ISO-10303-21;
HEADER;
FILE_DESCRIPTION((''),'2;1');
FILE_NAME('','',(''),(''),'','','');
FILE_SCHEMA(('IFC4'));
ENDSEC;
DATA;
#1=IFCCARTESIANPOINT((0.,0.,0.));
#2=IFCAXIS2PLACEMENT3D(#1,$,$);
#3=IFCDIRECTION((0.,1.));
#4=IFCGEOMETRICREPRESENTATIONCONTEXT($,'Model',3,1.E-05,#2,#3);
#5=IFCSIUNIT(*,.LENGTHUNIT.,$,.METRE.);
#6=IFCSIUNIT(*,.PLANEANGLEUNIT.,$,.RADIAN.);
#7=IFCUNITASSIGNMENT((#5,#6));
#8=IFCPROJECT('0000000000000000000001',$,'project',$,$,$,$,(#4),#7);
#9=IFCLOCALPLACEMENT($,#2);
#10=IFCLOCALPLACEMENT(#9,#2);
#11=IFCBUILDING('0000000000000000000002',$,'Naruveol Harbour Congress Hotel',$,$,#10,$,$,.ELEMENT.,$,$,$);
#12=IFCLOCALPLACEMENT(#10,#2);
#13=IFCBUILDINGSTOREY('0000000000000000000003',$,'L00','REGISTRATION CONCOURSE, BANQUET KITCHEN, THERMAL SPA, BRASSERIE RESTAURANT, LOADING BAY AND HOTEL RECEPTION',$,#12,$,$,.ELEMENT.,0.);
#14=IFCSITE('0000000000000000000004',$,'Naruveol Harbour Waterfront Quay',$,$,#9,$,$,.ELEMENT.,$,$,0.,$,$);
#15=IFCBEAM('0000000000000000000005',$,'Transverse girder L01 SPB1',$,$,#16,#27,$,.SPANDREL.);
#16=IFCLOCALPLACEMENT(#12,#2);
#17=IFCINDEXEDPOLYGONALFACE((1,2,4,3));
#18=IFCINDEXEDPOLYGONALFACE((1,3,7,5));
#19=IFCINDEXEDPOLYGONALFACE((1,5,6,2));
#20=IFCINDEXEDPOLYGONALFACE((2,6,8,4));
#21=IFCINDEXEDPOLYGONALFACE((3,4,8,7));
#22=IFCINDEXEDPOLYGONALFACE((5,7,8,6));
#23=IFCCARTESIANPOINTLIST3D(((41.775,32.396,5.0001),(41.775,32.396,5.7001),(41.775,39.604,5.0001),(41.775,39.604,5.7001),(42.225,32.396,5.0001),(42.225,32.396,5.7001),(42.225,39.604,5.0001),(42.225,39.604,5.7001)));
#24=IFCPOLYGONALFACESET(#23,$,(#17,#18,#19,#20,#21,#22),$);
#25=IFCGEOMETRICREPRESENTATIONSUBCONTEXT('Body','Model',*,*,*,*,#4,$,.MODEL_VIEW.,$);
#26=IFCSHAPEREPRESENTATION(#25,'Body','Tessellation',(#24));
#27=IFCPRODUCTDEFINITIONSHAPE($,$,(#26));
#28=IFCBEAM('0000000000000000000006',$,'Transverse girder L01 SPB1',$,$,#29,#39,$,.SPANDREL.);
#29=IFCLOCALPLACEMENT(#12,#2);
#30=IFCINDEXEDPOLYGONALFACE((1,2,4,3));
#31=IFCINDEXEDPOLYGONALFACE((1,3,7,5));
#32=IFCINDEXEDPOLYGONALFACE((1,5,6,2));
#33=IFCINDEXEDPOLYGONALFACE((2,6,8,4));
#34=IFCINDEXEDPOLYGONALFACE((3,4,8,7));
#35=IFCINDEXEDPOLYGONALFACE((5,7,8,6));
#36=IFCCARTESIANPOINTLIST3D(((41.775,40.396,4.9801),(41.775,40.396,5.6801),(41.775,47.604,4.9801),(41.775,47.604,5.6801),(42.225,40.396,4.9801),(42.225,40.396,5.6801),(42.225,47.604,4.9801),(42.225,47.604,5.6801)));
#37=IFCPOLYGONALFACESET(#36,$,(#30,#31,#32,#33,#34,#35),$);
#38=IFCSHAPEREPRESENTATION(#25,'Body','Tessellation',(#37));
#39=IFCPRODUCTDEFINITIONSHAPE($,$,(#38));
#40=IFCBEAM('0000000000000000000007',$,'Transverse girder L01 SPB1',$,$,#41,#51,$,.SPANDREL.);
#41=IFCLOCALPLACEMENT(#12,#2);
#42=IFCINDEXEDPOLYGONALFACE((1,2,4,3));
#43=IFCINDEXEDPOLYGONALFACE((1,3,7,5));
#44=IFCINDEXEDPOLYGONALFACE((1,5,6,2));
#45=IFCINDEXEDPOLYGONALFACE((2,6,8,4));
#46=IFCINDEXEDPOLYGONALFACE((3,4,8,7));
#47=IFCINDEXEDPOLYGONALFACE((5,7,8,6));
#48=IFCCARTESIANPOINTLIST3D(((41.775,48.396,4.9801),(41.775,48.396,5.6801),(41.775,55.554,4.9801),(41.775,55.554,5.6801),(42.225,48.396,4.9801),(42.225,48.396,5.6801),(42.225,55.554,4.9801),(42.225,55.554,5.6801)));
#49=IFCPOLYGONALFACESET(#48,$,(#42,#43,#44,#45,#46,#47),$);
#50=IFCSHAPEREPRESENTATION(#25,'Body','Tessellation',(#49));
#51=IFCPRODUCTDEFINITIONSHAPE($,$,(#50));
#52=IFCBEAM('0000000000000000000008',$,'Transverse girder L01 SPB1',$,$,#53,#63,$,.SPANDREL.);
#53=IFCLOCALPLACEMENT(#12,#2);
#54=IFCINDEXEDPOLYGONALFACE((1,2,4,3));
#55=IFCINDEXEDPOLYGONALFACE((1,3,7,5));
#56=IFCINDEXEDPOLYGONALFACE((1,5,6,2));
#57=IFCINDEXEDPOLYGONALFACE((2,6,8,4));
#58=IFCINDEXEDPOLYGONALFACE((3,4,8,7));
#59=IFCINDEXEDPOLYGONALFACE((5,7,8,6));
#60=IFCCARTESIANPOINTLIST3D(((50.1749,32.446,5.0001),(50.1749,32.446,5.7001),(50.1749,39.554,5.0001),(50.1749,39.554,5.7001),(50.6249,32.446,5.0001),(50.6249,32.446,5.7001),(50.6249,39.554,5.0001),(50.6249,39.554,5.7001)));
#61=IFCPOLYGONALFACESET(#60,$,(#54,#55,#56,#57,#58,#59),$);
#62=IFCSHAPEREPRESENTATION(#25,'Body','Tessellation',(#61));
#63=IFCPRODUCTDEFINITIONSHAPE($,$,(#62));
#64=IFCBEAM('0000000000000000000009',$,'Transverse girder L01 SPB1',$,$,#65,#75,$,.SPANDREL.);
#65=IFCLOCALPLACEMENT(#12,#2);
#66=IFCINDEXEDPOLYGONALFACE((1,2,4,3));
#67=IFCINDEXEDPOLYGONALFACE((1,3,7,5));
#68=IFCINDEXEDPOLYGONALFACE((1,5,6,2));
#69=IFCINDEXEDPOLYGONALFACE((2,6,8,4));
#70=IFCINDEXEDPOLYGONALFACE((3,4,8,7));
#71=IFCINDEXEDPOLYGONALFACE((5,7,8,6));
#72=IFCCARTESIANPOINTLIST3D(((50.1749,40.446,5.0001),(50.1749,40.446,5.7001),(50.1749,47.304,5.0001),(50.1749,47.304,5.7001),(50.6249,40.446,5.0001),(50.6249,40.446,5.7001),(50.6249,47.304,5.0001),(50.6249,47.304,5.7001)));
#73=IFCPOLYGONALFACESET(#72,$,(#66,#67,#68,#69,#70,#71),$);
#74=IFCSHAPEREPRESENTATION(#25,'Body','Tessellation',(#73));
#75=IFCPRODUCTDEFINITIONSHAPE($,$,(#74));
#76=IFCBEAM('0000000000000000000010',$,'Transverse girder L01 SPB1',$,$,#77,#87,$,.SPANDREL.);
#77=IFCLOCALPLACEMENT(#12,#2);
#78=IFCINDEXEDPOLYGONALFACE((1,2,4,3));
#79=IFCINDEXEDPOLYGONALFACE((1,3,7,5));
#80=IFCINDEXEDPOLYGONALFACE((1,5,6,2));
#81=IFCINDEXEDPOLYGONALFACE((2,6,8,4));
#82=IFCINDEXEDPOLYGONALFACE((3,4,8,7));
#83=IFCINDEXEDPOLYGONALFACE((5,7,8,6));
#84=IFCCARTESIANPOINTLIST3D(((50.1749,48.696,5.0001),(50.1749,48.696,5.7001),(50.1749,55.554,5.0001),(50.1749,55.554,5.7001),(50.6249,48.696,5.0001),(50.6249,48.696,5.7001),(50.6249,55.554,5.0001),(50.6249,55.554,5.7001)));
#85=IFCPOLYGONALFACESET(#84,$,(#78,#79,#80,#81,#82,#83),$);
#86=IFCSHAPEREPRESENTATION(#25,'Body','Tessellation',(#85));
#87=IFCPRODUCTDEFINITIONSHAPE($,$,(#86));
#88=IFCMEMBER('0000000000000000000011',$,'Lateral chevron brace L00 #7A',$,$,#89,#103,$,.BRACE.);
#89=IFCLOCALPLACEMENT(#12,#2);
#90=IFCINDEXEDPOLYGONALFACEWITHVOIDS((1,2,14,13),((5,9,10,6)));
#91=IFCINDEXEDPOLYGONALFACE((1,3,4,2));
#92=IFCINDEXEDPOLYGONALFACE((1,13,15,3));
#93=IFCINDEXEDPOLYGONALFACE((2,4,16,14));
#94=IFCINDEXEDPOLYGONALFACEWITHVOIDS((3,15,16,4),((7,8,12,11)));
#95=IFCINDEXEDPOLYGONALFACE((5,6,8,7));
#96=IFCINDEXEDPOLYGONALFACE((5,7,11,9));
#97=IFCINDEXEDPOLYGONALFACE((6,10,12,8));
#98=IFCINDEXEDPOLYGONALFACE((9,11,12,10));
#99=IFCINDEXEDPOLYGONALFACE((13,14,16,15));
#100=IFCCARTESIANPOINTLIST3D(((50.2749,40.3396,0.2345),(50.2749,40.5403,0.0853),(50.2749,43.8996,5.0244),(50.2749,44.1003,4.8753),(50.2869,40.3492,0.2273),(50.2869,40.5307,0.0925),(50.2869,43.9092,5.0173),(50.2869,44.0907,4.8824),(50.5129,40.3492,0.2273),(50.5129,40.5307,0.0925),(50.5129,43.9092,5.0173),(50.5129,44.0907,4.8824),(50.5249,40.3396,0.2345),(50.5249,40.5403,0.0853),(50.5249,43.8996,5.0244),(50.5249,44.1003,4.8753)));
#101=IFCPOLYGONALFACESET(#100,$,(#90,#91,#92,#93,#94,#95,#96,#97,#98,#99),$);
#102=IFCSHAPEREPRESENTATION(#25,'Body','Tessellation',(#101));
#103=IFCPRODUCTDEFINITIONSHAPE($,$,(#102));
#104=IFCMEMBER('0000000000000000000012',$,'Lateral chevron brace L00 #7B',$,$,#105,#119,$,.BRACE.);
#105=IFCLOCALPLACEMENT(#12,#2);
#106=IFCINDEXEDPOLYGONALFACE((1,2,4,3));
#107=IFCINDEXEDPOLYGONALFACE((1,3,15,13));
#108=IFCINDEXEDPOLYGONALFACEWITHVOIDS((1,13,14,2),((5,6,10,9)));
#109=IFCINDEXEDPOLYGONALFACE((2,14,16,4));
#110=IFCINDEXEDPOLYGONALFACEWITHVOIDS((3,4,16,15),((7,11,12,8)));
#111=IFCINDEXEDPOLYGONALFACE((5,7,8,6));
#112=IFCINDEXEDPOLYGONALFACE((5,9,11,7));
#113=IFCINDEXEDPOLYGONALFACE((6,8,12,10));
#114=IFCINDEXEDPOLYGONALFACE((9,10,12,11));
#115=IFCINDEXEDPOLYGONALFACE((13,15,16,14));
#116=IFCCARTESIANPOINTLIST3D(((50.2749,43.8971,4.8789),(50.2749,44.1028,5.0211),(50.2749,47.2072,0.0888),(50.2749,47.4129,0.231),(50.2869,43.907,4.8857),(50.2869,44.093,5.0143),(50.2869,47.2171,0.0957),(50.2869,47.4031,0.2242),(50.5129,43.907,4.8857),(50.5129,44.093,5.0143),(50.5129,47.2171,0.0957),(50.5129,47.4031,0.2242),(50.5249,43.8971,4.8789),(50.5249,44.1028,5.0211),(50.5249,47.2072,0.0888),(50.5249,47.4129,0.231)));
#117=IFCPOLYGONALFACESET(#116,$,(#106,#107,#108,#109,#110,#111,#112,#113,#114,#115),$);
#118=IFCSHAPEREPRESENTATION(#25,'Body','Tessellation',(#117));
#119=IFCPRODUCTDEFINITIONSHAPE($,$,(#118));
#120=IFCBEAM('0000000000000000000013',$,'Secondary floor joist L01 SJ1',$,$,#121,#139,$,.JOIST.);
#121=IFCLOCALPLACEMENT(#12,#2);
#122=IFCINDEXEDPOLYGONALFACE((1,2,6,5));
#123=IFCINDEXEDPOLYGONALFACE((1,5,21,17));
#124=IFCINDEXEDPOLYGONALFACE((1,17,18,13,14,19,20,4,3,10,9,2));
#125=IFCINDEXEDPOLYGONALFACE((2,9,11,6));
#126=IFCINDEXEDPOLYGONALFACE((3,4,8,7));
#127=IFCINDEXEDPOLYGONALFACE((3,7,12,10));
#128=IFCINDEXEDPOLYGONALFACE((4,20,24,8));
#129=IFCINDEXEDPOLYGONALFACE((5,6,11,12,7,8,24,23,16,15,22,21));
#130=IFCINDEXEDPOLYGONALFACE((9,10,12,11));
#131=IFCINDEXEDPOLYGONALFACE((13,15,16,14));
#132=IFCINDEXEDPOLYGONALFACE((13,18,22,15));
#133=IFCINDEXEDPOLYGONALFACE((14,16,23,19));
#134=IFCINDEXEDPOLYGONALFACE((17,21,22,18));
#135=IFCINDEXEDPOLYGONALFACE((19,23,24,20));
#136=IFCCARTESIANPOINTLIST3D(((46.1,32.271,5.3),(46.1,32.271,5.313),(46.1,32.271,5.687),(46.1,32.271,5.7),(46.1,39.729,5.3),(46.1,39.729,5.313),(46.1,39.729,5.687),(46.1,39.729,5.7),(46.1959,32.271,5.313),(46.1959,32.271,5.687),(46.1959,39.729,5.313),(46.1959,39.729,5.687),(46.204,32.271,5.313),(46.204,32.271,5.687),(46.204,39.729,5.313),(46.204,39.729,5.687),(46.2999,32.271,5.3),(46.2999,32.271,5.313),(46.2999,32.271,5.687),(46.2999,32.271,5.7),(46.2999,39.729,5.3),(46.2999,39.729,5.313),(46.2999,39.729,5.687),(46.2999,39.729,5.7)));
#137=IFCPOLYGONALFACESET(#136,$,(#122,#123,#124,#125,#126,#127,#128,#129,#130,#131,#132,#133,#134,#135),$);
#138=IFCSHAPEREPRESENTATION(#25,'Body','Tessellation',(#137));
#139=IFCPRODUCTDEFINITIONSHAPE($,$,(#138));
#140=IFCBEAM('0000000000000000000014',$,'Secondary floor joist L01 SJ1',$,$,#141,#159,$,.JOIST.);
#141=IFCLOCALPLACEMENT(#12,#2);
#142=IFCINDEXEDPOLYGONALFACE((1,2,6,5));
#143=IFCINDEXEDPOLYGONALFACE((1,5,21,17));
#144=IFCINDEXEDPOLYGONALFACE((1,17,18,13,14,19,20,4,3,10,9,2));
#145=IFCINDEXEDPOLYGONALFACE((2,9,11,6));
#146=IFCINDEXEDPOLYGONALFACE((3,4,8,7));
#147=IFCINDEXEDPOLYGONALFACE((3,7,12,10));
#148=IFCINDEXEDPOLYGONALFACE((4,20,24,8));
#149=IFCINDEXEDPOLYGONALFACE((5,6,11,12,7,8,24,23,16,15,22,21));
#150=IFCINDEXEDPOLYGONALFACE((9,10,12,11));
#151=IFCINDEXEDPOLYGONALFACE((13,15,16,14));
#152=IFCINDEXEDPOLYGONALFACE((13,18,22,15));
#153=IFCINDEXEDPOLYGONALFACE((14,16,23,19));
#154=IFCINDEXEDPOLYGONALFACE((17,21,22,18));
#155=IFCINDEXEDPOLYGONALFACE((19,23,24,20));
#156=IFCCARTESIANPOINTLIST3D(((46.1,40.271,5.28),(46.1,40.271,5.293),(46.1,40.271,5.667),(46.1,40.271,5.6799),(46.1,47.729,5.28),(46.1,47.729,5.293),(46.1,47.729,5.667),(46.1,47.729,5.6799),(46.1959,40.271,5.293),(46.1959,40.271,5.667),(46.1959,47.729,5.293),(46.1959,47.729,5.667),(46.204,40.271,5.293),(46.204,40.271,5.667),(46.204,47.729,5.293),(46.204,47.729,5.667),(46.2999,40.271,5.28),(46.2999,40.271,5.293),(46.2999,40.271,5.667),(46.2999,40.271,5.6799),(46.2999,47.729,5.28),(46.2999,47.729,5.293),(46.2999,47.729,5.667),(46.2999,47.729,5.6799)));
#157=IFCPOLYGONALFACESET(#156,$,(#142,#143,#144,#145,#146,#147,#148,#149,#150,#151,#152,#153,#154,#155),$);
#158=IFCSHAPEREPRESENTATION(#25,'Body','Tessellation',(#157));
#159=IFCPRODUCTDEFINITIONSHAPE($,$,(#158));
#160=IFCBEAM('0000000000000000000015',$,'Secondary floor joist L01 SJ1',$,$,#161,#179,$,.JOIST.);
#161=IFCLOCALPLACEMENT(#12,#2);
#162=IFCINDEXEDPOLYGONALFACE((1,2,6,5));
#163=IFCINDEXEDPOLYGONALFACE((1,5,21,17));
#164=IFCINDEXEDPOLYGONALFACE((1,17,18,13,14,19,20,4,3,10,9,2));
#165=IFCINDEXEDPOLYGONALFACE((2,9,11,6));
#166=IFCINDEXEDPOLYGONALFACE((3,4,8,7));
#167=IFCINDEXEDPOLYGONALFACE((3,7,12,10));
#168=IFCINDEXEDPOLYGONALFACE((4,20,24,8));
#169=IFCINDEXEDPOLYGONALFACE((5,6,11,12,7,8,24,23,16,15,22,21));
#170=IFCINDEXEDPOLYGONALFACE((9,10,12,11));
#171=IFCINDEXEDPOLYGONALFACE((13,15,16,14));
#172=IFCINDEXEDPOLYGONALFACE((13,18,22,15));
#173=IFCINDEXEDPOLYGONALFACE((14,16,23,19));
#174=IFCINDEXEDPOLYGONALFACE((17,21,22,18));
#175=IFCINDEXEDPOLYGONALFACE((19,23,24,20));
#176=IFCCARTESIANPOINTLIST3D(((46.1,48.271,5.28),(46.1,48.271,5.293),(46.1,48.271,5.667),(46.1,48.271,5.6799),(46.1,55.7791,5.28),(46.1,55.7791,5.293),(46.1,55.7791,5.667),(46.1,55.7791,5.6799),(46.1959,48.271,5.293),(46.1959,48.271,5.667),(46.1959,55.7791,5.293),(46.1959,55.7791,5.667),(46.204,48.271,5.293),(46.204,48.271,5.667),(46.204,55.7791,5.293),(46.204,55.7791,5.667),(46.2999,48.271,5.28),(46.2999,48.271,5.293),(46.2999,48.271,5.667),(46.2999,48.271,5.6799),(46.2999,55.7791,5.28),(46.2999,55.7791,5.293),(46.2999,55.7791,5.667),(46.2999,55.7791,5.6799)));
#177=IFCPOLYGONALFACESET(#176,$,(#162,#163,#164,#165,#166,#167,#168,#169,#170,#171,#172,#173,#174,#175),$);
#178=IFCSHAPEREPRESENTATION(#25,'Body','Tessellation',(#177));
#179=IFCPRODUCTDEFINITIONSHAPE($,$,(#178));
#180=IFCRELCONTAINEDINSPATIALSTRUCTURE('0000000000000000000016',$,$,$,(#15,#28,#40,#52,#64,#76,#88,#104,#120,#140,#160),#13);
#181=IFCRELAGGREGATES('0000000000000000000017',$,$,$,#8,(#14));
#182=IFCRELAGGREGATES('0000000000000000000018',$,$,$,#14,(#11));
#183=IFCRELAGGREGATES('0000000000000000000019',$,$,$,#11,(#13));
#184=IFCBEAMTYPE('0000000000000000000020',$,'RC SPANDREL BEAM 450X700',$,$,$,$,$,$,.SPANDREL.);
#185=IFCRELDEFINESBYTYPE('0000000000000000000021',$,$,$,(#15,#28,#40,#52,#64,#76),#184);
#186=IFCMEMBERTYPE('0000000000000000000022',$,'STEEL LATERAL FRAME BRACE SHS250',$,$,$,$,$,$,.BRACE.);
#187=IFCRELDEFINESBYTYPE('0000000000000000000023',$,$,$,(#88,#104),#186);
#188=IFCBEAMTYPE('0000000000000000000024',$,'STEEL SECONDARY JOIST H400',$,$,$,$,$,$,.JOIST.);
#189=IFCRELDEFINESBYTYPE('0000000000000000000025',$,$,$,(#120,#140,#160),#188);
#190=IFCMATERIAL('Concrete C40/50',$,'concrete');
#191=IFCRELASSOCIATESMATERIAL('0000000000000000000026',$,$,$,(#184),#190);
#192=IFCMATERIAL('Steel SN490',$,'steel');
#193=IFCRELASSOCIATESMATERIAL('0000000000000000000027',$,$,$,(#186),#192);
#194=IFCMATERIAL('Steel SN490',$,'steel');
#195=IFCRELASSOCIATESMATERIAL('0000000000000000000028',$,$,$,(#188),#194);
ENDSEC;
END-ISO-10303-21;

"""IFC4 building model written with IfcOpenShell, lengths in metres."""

from ifc_helpers import new_model, si_unit, direction, frame, origin, origin_2d, place, context, subcontext, project, spatial, rectangle, hollow_rectangle, i_section, extrude, material, material_profile, profile_set, type_object, element, save


model = new_model("IFC4")

# Units and contexts
model_context = context("Model", 3, precision=1e-05, world=origin(), true_north=direction((0.0, 1.0)))
body_context = subcontext(model_context, "Body", "Model", "MODEL_VIEW")
ifc_project = project(units=[si_unit("LENGTHUNIT", "METRE"), si_unit("PLANEANGLEUNIT", "RADIAN")], contexts=[model_context])

# Site, building, storey
site_placement = place(None, origin())
site = spatial("IfcSite", under=ifc_project, at=site_placement, Name="Naruveol Harbour Waterfront Quay", CompositionType="ELEMENT", RefElevation=0.0)
building_placement = place(site_placement, origin())
building = spatial("IfcBuilding", under=site, at=building_placement, Name="Naruveol Harbour Congress Hotel", CompositionType="ELEMENT")
storey_placement = place(building_placement, origin())
storey = spatial("IfcBuildingStorey", under=building, at=storey_placement, Name="L00", Description="REGISTRATION CONCOURSE, BANQUET KITCHEN, THERMAL SPA, BRASSERIE RESTAURANT, LOADING BAY AND HOTEL RECEPTION", CompositionType="ELEMENT", Elevation=0.0)

# Beams
ifc_material_1 = material(Name="Concrete C40/50", Category="concrete")
ifc_material_profile_1 = material_profile(ifc_material_1, rectangle(XDim=0.45, YDim=0.7, at=origin_2d()), Name="RCB-450x700")
ifc_profile_set_1 = profile_set([ifc_material_profile_1], Name="Concrete C40/50")
beam_type_1 = type_object("IfcBeamType", Name="RC SPANDREL BEAM 450X700", PredefinedType="SPANDREL", material=ifc_profile_set_1)
for number, where, z_axis, x_axis, name in (
    (1, (42.0, 32.396, 5.3501), (0.0, 1.0, 0.0), (-1.0, 0.0, 0.0), "Transverse girder L01 SPB1"),
    (2, (42.0, 40.396, 5.3301), (0.0, 1.0, 0.0), (-1.0, 0.0, 0.0), "Transverse girder L01 SPB1"),
):
    element("IfcBeam", number, at=place(storey_placement, frame(where, z_axis=z_axis, x_axis=x_axis)), inside=storey, type_object=beam_type_1, Name=name, PredefinedType="SPANDREL", context=body_context, shape_type="SweptSolid", body=[
        extrude(rectangle(XDim=0.45, YDim=0.7, at=origin_2d()), origin(), (0.0, 0.0, 1.0), 7.208),
    ])
beam_1_placement = place(storey_placement, frame((42.0, 48.396, 5.3301), z_axis=(0.0, 1.0, 0.0), x_axis=(-1.0, 0.0, 0.0)))
element("IfcBeam", 3, at=beam_1_placement, inside=storey, type_object=beam_type_1, Name="Transverse girder L01 SPB1", PredefinedType="SPANDREL", context=body_context, shape_type="SweptSolid", body=[
    extrude(rectangle(XDim=0.45, YDim=0.7, at=origin_2d()), origin(), (0.0, 0.0, 1.0), 7.158),
])
beam_2_placement = place(storey_placement, frame((50.3999, 32.446, 5.3501), z_axis=(0.0, 1.0, 0.0), x_axis=(-1.0, 0.0, 0.0)))
element("IfcBeam", 4, at=beam_2_placement, inside=storey, type_object=beam_type_1, Name="Transverse girder L01 SPB1", PredefinedType="SPANDREL", context=body_context, shape_type="SweptSolid", body=[
    extrude(rectangle(XDim=0.45, YDim=0.7, at=origin_2d()), origin(), (0.0, 0.0, 1.0), 7.1079),
])
for number, where, z_axis, x_axis, name in (
    (5, (50.3999, 40.446, 5.3501), (0.0, 1.0, 0.0), (-1.0, 0.0, 0.0), "Transverse girder L01 SPB1"),
    (6, (50.3999, 48.696, 5.3501), (0.0, 1.0, 0.0), (-1.0, 0.0, 0.0), "Transverse girder L01 SPB1"),
):
    element("IfcBeam", number, at=place(storey_placement, frame(where, z_axis=z_axis, x_axis=x_axis)), inside=storey, type_object=beam_type_1, Name=name, PredefinedType="SPANDREL", context=body_context, shape_type="SweptSolid", body=[
        extrude(rectangle(XDim=0.45, YDim=0.7, at=origin_2d()), origin(), (0.0, 0.0, 1.0), 6.8579),
    ])

# Members
ifc_material_2 = material(Name="Steel SN490", Category="steel")
ifc_material_profile_2 = material_profile(ifc_material_2, hollow_rectangle(XDim=0.25, YDim=0.25, WallThickness=0.012, at=origin_2d()), Name="SHS-250x250x12")
ifc_profile_set_2 = profile_set([ifc_material_profile_2], Name="Steel SN490")
member_type = type_object("IfcMemberType", Name="STEEL LATERAL FRAME BRACE SHS250", PredefinedType="BRACE", material=ifc_profile_set_2)
member_1_placement = place(storey_placement, frame((50.3999, 40.4399, 0.1599), z_axis=(0.0, 0.596512, 0.802604), x_axis=(-1.0, 0.0, 0.0)))
element("IfcMember", 7, at=member_1_placement, inside=storey, type_object=member_type, Name="Lateral chevron brace L00 #7A", PredefinedType="BRACE", context=body_context, shape_type="SweptSolid", body=[
    extrude(hollow_rectangle(XDim=0.25, YDim=0.25, WallThickness=0.012, at=origin_2d()), origin(), (0.0, 0.0, 1.0), 5.968),
])
member_2_placement = place(storey_placement, frame((50.3999, 47.3101, 0.1599), z_axis=(0.0, -0.568499, 0.822684), x_axis=(1.0, 0.0, 0.0)))
element("IfcMember", 8, at=member_2_placement, inside=storey, type_object=member_type, Name="Lateral chevron brace L00 #7B", PredefinedType="BRACE", context=body_context, shape_type="SweptSolid", body=[
    extrude(hollow_rectangle(XDim=0.25, YDim=0.25, WallThickness=0.012, at=origin_2d()), origin(), (0.0, 0.0, 1.0), 5.8225),
])

# Beams
ifc_material_3 = material(Name="Steel SN490", Category="steel")
ifc_material_profile_3 = material_profile(ifc_material_3, i_section(OverallWidth=0.2, OverallDepth=0.3999, WebThickness=0.0081, FlangeThickness=0.0129, at=origin_2d()), Name="H-400x200x8x13")
ifc_profile_set_3 = profile_set([ifc_material_profile_3], Name="Steel SN490")
beam_type_2 = type_object("IfcBeamType", Name="STEEL SECONDARY JOIST H400", PredefinedType="JOIST", material=ifc_profile_set_3)
for number, where, z_axis, x_axis, name in (
    (9, (46.2, 32.271, 5.5), (0.0, 1.0, 0.0), (-1.0, 0.0, 0.0), "Secondary floor joist L01 SJ1"),
    (10, (46.2, 40.271, 5.48), (0.0, 1.0, 0.0), (-1.0, 0.0, 0.0), "Secondary floor joist L01 SJ1"),
):
    element("IfcBeam", number, at=place(storey_placement, frame(where, z_axis=z_axis, x_axis=x_axis)), inside=storey, type_object=beam_type_2, Name=name, PredefinedType="JOIST", context=body_context, shape_type="SweptSolid", body=[
        extrude(i_section(OverallWidth=0.2, OverallDepth=0.3999, WebThickness=0.0081, FlangeThickness=0.0129, at=origin_2d()), origin(), (0.0, 0.0, 1.0), 7.458),
    ])
beam_3_placement = place(storey_placement, frame((46.2, 48.271, 5.48), z_axis=(0.0, 1.0, 0.0), x_axis=(-1.0, 0.0, 0.0)))
element("IfcBeam", 11, at=beam_3_placement, inside=storey, type_object=beam_type_2, Name="Secondary floor joist L01 SJ1", PredefinedType="JOIST", context=body_context, shape_type="SweptSolid", body=[
    extrude(i_section(OverallWidth=0.2, OverallDepth=0.3999, WebThickness=0.0081, FlangeThickness=0.0129, at=origin_2d()), origin(), (0.0, 0.0, 1.0), 7.5081),
])

save(model, "model.ifc")
